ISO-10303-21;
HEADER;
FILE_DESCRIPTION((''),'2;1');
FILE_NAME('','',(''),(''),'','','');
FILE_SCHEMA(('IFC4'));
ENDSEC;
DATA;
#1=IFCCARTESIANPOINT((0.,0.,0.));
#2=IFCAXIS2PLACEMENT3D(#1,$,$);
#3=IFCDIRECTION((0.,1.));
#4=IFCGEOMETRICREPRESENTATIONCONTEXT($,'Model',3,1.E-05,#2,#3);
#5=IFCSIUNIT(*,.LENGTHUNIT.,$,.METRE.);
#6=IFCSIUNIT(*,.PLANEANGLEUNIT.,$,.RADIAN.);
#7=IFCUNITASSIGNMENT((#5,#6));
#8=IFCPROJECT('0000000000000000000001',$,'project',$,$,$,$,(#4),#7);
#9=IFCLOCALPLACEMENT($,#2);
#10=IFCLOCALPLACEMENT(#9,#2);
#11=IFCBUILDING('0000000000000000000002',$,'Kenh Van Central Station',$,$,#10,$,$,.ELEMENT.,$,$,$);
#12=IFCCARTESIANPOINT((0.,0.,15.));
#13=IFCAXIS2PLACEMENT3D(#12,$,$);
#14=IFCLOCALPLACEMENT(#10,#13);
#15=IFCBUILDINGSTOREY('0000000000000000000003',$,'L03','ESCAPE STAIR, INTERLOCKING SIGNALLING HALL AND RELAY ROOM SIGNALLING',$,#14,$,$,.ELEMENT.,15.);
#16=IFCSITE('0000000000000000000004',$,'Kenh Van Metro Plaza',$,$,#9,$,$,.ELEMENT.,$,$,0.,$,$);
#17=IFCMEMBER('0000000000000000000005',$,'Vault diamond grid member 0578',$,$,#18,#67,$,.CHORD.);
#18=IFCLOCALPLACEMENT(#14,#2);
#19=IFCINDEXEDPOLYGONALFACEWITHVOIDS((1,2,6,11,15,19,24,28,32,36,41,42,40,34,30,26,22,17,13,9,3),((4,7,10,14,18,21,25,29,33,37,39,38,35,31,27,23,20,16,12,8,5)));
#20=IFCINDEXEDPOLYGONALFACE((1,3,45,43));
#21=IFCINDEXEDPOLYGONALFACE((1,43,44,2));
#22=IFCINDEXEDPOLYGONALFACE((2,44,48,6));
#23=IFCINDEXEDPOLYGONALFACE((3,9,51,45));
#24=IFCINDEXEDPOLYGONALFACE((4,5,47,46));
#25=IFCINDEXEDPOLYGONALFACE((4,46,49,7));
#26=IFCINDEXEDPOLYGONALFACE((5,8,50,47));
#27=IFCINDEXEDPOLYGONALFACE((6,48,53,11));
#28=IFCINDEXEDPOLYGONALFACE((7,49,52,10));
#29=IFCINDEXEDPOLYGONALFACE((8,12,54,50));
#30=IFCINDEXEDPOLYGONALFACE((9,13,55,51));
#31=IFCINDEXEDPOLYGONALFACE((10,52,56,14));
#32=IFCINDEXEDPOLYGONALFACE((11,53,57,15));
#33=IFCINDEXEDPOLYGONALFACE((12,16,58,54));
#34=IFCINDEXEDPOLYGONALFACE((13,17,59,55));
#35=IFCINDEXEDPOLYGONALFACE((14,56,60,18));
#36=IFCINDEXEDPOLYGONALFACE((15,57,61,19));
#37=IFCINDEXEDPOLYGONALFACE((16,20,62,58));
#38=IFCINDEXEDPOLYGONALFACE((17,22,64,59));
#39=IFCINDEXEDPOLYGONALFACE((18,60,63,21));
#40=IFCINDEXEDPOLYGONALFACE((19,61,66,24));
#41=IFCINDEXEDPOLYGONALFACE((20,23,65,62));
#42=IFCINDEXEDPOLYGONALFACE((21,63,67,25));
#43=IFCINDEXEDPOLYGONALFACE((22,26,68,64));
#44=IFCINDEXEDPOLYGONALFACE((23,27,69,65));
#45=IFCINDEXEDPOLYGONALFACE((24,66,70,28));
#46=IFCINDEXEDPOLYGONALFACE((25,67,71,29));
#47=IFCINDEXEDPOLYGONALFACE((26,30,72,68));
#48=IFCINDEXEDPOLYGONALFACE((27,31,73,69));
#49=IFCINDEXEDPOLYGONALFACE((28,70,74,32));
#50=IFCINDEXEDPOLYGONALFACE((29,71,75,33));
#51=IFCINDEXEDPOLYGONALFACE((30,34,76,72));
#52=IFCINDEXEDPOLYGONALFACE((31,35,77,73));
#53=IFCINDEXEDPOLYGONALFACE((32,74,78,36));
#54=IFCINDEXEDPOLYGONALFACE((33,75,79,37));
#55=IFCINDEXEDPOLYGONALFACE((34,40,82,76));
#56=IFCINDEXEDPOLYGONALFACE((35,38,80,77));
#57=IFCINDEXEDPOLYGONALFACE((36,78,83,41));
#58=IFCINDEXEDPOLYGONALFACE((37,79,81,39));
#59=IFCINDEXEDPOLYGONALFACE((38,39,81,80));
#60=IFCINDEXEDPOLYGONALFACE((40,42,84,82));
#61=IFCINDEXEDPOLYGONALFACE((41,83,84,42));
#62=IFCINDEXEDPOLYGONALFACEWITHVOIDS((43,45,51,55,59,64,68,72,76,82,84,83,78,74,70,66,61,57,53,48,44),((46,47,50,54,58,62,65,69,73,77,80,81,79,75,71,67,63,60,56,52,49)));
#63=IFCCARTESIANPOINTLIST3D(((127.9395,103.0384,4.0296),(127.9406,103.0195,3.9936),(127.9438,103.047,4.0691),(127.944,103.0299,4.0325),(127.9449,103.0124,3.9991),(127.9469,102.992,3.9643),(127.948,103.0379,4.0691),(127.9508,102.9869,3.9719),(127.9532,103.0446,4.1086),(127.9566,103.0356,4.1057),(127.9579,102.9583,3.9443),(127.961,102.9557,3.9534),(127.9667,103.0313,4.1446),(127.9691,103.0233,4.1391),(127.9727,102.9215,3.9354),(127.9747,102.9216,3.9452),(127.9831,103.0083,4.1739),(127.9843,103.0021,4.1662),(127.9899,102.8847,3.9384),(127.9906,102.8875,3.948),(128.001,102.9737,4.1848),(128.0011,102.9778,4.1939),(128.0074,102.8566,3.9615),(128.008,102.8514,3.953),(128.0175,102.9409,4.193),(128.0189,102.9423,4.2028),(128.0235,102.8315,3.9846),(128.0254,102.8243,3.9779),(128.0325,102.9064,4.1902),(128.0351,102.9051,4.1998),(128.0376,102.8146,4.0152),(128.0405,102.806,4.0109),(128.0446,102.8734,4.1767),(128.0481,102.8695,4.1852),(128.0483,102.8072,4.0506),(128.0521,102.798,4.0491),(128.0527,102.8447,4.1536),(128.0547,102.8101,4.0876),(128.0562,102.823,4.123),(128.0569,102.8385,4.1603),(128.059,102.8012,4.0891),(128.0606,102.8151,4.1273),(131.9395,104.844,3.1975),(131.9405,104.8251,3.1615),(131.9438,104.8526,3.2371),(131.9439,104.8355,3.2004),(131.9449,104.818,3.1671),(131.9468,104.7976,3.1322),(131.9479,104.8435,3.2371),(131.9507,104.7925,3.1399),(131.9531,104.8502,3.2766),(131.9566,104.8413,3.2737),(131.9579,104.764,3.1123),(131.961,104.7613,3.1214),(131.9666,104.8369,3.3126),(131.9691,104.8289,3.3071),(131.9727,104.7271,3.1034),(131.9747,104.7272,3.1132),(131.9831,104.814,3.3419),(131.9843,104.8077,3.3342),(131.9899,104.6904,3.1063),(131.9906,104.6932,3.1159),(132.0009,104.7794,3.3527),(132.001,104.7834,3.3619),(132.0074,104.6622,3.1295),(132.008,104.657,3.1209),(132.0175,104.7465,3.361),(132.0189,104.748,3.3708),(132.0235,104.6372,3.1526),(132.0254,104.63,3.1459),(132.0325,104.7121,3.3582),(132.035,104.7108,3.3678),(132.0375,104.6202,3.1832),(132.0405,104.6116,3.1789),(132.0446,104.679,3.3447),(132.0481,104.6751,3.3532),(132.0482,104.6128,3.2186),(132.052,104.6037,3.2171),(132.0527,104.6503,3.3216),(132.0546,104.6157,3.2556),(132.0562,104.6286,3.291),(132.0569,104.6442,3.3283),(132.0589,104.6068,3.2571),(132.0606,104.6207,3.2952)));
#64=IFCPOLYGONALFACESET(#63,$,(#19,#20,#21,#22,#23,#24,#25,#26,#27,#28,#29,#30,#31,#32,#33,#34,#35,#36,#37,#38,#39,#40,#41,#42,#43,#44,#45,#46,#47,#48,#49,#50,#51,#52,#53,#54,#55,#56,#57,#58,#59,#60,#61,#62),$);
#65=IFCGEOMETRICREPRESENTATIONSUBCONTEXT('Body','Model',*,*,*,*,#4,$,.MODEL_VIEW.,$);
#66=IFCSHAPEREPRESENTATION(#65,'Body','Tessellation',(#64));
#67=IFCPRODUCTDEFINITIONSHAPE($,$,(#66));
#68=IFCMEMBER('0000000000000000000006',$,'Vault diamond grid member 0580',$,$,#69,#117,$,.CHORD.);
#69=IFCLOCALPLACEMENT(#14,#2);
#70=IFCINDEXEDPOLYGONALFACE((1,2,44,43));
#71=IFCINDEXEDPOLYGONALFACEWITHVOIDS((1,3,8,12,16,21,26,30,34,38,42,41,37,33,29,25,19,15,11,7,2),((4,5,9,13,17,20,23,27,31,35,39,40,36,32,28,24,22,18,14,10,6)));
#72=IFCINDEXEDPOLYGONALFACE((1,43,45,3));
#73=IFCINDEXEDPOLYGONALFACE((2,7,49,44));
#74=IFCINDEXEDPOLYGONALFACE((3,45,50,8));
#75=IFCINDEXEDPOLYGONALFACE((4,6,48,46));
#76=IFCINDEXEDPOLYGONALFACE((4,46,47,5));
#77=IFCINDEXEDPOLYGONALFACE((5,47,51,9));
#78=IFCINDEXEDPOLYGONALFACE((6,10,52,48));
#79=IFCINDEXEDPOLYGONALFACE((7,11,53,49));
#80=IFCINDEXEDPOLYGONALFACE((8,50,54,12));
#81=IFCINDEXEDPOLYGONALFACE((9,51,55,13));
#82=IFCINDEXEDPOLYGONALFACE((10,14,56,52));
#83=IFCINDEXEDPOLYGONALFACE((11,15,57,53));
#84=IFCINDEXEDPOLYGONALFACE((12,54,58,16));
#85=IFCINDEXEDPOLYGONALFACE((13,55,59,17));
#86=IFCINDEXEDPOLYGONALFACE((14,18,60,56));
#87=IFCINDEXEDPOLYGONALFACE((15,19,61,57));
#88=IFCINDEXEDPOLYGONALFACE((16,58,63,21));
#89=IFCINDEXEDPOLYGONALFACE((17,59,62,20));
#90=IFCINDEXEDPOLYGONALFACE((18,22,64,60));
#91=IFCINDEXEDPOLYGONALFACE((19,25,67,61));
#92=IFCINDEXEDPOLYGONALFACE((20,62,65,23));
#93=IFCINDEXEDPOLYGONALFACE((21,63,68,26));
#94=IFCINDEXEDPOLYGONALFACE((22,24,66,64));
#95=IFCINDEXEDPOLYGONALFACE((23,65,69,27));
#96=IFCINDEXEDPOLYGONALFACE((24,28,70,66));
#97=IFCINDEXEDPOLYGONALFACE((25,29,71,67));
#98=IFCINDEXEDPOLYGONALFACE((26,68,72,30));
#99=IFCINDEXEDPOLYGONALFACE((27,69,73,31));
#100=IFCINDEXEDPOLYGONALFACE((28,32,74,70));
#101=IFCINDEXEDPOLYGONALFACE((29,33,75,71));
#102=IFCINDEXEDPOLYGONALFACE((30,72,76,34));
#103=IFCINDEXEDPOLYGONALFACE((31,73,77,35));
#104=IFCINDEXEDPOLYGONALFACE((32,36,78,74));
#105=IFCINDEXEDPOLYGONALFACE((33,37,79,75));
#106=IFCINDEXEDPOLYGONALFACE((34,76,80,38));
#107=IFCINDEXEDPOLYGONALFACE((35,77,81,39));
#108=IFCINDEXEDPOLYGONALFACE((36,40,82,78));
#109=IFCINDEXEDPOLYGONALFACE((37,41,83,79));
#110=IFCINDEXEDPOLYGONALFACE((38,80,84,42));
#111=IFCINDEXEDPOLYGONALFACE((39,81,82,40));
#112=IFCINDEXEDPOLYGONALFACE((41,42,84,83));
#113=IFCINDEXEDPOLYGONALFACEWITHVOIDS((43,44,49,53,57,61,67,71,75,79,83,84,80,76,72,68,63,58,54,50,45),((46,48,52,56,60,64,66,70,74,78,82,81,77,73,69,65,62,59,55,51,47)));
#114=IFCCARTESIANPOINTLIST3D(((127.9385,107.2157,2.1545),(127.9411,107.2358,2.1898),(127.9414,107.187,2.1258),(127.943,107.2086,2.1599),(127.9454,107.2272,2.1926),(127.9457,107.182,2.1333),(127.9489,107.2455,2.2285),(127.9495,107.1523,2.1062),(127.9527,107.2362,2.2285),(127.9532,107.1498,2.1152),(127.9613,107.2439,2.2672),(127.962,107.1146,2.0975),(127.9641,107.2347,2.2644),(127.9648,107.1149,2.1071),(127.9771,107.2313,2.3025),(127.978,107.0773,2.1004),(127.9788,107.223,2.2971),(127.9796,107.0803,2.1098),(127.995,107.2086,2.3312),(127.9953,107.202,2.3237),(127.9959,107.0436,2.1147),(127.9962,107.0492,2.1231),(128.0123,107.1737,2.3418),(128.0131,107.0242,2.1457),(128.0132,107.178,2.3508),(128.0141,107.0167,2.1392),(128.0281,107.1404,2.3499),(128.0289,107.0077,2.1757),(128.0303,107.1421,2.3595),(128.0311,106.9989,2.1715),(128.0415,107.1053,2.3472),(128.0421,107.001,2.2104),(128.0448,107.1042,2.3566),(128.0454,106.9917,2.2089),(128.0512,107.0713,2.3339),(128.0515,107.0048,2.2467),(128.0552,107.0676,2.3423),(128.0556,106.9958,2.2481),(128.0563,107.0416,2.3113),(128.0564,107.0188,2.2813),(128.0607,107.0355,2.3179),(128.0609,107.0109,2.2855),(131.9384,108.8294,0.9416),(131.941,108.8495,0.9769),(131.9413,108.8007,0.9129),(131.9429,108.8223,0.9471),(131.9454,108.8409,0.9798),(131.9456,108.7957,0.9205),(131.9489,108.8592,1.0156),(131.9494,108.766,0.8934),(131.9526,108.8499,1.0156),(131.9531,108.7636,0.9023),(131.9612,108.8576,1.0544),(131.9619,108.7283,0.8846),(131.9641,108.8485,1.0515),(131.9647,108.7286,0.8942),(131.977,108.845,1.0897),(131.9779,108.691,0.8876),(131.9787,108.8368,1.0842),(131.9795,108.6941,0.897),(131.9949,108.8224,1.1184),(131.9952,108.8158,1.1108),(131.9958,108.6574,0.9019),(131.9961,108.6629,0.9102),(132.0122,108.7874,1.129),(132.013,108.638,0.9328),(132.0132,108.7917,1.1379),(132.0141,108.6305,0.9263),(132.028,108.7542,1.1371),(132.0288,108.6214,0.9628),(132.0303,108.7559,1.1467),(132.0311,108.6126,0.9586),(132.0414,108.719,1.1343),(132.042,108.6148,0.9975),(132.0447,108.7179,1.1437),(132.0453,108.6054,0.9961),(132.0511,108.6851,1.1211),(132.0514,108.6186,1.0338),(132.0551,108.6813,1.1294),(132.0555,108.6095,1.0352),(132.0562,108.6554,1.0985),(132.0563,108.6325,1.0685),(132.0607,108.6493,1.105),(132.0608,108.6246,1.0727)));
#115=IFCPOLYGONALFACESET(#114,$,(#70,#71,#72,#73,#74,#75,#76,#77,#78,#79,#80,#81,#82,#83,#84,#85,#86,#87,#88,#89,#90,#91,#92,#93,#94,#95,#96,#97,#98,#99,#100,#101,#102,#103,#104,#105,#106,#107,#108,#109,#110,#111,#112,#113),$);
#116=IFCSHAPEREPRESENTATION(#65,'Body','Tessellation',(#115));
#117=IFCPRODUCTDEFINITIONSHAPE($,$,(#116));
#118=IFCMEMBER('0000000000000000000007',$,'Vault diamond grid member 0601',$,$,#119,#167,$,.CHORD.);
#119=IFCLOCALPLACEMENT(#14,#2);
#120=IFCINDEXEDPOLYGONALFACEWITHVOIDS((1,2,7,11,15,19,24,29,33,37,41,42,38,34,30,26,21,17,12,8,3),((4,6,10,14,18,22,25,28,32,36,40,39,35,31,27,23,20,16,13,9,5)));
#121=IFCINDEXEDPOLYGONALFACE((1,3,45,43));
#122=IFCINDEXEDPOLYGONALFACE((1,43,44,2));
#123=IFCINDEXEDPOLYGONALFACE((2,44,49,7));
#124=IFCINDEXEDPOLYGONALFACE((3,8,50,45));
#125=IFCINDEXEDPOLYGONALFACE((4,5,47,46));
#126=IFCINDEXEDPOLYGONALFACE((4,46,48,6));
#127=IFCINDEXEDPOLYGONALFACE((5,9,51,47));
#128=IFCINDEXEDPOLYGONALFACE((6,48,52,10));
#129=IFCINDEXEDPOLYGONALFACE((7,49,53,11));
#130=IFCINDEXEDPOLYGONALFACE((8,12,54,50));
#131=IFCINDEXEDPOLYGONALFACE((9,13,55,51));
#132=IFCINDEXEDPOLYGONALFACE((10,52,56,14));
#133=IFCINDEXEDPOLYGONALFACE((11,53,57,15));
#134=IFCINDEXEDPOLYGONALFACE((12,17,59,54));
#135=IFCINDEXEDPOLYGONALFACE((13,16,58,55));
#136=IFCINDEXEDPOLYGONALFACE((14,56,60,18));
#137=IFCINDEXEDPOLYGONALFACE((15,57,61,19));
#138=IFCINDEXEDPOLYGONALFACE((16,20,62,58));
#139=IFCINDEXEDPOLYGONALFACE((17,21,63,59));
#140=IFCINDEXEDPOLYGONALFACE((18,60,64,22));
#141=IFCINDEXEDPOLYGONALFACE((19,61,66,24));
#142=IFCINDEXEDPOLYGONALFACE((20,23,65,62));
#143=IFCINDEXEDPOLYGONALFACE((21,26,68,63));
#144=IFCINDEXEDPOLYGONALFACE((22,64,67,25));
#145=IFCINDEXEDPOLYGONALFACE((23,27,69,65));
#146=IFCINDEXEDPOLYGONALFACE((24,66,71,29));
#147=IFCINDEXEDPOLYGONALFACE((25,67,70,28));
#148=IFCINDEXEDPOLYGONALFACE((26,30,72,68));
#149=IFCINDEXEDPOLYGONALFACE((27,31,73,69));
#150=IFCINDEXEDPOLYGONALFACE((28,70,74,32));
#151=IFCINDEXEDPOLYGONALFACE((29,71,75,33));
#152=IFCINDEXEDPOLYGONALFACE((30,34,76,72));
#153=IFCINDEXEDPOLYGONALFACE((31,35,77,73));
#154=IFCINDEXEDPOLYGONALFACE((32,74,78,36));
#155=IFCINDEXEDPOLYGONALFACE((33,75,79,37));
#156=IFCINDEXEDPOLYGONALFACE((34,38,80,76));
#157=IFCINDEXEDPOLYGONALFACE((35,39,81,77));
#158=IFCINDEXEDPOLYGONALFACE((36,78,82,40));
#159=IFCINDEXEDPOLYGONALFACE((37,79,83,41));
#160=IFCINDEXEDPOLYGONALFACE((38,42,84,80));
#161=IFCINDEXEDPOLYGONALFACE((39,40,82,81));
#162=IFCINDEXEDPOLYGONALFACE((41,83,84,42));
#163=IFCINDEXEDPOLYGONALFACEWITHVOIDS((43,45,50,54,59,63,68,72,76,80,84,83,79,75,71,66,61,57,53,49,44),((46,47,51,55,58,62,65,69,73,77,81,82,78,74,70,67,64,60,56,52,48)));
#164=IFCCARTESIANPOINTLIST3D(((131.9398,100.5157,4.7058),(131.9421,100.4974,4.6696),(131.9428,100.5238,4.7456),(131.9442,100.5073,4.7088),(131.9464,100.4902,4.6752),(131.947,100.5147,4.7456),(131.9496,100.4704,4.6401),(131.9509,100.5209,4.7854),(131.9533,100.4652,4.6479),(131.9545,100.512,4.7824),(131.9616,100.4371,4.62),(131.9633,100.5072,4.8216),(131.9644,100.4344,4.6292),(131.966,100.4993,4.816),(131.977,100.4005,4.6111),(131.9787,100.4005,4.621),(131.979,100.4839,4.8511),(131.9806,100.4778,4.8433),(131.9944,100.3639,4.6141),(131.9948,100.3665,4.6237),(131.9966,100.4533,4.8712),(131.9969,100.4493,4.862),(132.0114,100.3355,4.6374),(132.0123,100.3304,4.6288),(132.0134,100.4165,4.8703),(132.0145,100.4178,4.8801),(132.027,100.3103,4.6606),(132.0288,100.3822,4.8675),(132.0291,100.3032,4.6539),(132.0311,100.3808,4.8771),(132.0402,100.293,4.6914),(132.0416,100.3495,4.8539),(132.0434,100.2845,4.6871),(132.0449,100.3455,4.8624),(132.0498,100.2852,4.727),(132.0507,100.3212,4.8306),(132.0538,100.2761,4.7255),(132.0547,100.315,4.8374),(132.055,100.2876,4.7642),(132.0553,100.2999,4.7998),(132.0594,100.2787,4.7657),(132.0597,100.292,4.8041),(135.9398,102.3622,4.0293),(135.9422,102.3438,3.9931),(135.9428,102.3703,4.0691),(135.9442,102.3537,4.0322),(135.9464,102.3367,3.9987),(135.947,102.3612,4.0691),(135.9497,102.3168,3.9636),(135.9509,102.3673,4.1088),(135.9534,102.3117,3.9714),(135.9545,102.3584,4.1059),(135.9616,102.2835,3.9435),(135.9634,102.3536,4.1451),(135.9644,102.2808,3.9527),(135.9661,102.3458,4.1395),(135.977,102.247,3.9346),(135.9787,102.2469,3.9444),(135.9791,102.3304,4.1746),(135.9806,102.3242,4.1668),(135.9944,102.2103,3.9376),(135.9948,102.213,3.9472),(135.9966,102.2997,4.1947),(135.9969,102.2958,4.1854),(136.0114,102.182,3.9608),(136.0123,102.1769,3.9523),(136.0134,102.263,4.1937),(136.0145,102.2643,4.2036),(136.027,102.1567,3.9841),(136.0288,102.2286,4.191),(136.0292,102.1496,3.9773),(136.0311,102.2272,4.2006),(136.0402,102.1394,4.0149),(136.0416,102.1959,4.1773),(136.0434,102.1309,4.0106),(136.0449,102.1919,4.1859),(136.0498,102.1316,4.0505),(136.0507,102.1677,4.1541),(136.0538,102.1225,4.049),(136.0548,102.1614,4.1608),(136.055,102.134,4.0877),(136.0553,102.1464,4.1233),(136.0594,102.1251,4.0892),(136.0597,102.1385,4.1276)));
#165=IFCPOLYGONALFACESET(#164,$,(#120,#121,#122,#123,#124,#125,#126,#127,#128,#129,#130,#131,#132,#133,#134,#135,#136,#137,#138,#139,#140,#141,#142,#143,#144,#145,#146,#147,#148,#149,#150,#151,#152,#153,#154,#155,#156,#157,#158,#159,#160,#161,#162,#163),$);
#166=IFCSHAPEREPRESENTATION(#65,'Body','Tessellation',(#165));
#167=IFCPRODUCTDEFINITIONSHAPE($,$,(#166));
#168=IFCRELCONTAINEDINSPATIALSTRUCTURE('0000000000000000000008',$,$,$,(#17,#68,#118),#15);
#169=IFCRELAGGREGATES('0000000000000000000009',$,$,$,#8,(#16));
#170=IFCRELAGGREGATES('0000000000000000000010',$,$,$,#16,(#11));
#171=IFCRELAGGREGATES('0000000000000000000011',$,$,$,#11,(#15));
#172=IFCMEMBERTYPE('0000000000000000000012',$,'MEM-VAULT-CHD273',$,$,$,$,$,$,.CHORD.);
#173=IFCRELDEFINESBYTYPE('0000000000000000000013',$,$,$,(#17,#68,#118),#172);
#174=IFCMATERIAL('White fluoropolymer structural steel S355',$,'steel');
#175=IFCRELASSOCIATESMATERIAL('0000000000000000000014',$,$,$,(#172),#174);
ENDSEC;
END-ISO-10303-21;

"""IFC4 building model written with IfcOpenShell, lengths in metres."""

from ifc_helpers import new_model, si_unit, direction, frame, origin, origin_2d, place, context, subcontext, project, spatial, hollow_circle, extrude, material, material_profile, profile_set, type_object, element, save


model = new_model("IFC4")

# Units and contexts
model_context = context("Model", 3, precision=1e-05, world=origin(), true_north=direction((0.0, 1.0)))
body_context = subcontext(model_context, "Body", "Model", "MODEL_VIEW")
ifc_project = project(units=[si_unit("LENGTHUNIT", "METRE"), si_unit("PLANEANGLEUNIT", "RADIAN")], contexts=[model_context])

# Site, building, storey
site_placement = place(None, origin())
site = spatial("IfcSite", under=ifc_project, at=site_placement, Name="Kenh Van Metro Plaza", CompositionType="ELEMENT", RefElevation=0.0)
building_placement = place(site_placement, origin())
building = spatial("IfcBuilding", under=site, at=building_placement, Name="Kenh Van Central Station", CompositionType="ELEMENT")
storey_placement = place(building_placement, frame((0.0, 0.0, 15.0)))
storey = spatial("IfcBuildingStorey", under=building, at=storey_placement, Name="L03", Description="ESCAPE STAIR, INTERLOCKING SIGNALLING HALL AND RELAY ROOM SIGNALLING", CompositionType="ELEMENT", Elevation=15.0)

# Shared definitions
ifc_material_1 = material(Name="White fluoropolymer structural steel S355", Category="steel")

# Members
ifc_material_profile_1 = material_profile(ifc_material_1, hollow_circle(Radius=0.1365, WallThickness=0.01, at=origin_2d()), Name="CHS 273x10")
ifc_profile_set_1 = profile_set([ifc_material_profile_1], Name="White fluoropolymer structural steel S355")
member_type_1 = type_object("IfcMemberType", Name="MEM-VAULT-CHD273", PredefinedType="CHORD", material=ifc_profile_set_1)
member_1_placement = place(storey_placement, frame((128.0, 102.9226, 4.0691), z_axis=(0.895487, 0.404237, -0.186268), x_axis=(-0.411438, 0.911438, 0.0)))
element("IfcMember", 1, at=member_1_placement, inside=storey, type_object=member_type_1, Name="Vault diamond grid member 0578", PredefinedType="CHORD", context=body_context, shape_type="SweptSolid", body=[
    extrude(hollow_circle(Radius=0.1365, WallThickness=0.01, at=origin_2d()), origin(), (0.0, 0.0, 1.0), 4.4668),
])
member_2_placement = place(storey_placement, frame((128.0, 107.1189, 2.2285), z_axis=(0.892747, 0.360172, -0.270701), x_axis=(-0.374141, 0.927372, 0.0)))
element("IfcMember", 2, at=member_2_placement, inside=storey, type_object=member_type_1, Name="Vault diamond grid member 0580", PredefinedType="CHORD", context=body_context, shape_type="SweptSolid", body=[
    extrude(hollow_circle(Radius=0.1365, WallThickness=0.01, at=origin_2d()), origin(), (0.0, 0.0, 1.0), 4.4805),
])
member_3_placement = place(storey_placement, frame((132.0, 100.3999, 4.7456), z_axis=(0.897416, 0.414255, -0.151779), x_axis=(-0.419111, 0.907935, 0.0)))
element("IfcMember", 3, at=member_3_placement, inside=storey, type_object=member_type_1, Name="Vault diamond grid member 0601", PredefinedType="CHORD", context=body_context, shape_type="SweptSolid", body=[
    extrude(hollow_circle(Radius=0.1365, WallThickness=0.01, at=origin_2d()), origin(), (0.0, 0.0, 1.0), 4.4573),
])

save(model, "model.ifc")
